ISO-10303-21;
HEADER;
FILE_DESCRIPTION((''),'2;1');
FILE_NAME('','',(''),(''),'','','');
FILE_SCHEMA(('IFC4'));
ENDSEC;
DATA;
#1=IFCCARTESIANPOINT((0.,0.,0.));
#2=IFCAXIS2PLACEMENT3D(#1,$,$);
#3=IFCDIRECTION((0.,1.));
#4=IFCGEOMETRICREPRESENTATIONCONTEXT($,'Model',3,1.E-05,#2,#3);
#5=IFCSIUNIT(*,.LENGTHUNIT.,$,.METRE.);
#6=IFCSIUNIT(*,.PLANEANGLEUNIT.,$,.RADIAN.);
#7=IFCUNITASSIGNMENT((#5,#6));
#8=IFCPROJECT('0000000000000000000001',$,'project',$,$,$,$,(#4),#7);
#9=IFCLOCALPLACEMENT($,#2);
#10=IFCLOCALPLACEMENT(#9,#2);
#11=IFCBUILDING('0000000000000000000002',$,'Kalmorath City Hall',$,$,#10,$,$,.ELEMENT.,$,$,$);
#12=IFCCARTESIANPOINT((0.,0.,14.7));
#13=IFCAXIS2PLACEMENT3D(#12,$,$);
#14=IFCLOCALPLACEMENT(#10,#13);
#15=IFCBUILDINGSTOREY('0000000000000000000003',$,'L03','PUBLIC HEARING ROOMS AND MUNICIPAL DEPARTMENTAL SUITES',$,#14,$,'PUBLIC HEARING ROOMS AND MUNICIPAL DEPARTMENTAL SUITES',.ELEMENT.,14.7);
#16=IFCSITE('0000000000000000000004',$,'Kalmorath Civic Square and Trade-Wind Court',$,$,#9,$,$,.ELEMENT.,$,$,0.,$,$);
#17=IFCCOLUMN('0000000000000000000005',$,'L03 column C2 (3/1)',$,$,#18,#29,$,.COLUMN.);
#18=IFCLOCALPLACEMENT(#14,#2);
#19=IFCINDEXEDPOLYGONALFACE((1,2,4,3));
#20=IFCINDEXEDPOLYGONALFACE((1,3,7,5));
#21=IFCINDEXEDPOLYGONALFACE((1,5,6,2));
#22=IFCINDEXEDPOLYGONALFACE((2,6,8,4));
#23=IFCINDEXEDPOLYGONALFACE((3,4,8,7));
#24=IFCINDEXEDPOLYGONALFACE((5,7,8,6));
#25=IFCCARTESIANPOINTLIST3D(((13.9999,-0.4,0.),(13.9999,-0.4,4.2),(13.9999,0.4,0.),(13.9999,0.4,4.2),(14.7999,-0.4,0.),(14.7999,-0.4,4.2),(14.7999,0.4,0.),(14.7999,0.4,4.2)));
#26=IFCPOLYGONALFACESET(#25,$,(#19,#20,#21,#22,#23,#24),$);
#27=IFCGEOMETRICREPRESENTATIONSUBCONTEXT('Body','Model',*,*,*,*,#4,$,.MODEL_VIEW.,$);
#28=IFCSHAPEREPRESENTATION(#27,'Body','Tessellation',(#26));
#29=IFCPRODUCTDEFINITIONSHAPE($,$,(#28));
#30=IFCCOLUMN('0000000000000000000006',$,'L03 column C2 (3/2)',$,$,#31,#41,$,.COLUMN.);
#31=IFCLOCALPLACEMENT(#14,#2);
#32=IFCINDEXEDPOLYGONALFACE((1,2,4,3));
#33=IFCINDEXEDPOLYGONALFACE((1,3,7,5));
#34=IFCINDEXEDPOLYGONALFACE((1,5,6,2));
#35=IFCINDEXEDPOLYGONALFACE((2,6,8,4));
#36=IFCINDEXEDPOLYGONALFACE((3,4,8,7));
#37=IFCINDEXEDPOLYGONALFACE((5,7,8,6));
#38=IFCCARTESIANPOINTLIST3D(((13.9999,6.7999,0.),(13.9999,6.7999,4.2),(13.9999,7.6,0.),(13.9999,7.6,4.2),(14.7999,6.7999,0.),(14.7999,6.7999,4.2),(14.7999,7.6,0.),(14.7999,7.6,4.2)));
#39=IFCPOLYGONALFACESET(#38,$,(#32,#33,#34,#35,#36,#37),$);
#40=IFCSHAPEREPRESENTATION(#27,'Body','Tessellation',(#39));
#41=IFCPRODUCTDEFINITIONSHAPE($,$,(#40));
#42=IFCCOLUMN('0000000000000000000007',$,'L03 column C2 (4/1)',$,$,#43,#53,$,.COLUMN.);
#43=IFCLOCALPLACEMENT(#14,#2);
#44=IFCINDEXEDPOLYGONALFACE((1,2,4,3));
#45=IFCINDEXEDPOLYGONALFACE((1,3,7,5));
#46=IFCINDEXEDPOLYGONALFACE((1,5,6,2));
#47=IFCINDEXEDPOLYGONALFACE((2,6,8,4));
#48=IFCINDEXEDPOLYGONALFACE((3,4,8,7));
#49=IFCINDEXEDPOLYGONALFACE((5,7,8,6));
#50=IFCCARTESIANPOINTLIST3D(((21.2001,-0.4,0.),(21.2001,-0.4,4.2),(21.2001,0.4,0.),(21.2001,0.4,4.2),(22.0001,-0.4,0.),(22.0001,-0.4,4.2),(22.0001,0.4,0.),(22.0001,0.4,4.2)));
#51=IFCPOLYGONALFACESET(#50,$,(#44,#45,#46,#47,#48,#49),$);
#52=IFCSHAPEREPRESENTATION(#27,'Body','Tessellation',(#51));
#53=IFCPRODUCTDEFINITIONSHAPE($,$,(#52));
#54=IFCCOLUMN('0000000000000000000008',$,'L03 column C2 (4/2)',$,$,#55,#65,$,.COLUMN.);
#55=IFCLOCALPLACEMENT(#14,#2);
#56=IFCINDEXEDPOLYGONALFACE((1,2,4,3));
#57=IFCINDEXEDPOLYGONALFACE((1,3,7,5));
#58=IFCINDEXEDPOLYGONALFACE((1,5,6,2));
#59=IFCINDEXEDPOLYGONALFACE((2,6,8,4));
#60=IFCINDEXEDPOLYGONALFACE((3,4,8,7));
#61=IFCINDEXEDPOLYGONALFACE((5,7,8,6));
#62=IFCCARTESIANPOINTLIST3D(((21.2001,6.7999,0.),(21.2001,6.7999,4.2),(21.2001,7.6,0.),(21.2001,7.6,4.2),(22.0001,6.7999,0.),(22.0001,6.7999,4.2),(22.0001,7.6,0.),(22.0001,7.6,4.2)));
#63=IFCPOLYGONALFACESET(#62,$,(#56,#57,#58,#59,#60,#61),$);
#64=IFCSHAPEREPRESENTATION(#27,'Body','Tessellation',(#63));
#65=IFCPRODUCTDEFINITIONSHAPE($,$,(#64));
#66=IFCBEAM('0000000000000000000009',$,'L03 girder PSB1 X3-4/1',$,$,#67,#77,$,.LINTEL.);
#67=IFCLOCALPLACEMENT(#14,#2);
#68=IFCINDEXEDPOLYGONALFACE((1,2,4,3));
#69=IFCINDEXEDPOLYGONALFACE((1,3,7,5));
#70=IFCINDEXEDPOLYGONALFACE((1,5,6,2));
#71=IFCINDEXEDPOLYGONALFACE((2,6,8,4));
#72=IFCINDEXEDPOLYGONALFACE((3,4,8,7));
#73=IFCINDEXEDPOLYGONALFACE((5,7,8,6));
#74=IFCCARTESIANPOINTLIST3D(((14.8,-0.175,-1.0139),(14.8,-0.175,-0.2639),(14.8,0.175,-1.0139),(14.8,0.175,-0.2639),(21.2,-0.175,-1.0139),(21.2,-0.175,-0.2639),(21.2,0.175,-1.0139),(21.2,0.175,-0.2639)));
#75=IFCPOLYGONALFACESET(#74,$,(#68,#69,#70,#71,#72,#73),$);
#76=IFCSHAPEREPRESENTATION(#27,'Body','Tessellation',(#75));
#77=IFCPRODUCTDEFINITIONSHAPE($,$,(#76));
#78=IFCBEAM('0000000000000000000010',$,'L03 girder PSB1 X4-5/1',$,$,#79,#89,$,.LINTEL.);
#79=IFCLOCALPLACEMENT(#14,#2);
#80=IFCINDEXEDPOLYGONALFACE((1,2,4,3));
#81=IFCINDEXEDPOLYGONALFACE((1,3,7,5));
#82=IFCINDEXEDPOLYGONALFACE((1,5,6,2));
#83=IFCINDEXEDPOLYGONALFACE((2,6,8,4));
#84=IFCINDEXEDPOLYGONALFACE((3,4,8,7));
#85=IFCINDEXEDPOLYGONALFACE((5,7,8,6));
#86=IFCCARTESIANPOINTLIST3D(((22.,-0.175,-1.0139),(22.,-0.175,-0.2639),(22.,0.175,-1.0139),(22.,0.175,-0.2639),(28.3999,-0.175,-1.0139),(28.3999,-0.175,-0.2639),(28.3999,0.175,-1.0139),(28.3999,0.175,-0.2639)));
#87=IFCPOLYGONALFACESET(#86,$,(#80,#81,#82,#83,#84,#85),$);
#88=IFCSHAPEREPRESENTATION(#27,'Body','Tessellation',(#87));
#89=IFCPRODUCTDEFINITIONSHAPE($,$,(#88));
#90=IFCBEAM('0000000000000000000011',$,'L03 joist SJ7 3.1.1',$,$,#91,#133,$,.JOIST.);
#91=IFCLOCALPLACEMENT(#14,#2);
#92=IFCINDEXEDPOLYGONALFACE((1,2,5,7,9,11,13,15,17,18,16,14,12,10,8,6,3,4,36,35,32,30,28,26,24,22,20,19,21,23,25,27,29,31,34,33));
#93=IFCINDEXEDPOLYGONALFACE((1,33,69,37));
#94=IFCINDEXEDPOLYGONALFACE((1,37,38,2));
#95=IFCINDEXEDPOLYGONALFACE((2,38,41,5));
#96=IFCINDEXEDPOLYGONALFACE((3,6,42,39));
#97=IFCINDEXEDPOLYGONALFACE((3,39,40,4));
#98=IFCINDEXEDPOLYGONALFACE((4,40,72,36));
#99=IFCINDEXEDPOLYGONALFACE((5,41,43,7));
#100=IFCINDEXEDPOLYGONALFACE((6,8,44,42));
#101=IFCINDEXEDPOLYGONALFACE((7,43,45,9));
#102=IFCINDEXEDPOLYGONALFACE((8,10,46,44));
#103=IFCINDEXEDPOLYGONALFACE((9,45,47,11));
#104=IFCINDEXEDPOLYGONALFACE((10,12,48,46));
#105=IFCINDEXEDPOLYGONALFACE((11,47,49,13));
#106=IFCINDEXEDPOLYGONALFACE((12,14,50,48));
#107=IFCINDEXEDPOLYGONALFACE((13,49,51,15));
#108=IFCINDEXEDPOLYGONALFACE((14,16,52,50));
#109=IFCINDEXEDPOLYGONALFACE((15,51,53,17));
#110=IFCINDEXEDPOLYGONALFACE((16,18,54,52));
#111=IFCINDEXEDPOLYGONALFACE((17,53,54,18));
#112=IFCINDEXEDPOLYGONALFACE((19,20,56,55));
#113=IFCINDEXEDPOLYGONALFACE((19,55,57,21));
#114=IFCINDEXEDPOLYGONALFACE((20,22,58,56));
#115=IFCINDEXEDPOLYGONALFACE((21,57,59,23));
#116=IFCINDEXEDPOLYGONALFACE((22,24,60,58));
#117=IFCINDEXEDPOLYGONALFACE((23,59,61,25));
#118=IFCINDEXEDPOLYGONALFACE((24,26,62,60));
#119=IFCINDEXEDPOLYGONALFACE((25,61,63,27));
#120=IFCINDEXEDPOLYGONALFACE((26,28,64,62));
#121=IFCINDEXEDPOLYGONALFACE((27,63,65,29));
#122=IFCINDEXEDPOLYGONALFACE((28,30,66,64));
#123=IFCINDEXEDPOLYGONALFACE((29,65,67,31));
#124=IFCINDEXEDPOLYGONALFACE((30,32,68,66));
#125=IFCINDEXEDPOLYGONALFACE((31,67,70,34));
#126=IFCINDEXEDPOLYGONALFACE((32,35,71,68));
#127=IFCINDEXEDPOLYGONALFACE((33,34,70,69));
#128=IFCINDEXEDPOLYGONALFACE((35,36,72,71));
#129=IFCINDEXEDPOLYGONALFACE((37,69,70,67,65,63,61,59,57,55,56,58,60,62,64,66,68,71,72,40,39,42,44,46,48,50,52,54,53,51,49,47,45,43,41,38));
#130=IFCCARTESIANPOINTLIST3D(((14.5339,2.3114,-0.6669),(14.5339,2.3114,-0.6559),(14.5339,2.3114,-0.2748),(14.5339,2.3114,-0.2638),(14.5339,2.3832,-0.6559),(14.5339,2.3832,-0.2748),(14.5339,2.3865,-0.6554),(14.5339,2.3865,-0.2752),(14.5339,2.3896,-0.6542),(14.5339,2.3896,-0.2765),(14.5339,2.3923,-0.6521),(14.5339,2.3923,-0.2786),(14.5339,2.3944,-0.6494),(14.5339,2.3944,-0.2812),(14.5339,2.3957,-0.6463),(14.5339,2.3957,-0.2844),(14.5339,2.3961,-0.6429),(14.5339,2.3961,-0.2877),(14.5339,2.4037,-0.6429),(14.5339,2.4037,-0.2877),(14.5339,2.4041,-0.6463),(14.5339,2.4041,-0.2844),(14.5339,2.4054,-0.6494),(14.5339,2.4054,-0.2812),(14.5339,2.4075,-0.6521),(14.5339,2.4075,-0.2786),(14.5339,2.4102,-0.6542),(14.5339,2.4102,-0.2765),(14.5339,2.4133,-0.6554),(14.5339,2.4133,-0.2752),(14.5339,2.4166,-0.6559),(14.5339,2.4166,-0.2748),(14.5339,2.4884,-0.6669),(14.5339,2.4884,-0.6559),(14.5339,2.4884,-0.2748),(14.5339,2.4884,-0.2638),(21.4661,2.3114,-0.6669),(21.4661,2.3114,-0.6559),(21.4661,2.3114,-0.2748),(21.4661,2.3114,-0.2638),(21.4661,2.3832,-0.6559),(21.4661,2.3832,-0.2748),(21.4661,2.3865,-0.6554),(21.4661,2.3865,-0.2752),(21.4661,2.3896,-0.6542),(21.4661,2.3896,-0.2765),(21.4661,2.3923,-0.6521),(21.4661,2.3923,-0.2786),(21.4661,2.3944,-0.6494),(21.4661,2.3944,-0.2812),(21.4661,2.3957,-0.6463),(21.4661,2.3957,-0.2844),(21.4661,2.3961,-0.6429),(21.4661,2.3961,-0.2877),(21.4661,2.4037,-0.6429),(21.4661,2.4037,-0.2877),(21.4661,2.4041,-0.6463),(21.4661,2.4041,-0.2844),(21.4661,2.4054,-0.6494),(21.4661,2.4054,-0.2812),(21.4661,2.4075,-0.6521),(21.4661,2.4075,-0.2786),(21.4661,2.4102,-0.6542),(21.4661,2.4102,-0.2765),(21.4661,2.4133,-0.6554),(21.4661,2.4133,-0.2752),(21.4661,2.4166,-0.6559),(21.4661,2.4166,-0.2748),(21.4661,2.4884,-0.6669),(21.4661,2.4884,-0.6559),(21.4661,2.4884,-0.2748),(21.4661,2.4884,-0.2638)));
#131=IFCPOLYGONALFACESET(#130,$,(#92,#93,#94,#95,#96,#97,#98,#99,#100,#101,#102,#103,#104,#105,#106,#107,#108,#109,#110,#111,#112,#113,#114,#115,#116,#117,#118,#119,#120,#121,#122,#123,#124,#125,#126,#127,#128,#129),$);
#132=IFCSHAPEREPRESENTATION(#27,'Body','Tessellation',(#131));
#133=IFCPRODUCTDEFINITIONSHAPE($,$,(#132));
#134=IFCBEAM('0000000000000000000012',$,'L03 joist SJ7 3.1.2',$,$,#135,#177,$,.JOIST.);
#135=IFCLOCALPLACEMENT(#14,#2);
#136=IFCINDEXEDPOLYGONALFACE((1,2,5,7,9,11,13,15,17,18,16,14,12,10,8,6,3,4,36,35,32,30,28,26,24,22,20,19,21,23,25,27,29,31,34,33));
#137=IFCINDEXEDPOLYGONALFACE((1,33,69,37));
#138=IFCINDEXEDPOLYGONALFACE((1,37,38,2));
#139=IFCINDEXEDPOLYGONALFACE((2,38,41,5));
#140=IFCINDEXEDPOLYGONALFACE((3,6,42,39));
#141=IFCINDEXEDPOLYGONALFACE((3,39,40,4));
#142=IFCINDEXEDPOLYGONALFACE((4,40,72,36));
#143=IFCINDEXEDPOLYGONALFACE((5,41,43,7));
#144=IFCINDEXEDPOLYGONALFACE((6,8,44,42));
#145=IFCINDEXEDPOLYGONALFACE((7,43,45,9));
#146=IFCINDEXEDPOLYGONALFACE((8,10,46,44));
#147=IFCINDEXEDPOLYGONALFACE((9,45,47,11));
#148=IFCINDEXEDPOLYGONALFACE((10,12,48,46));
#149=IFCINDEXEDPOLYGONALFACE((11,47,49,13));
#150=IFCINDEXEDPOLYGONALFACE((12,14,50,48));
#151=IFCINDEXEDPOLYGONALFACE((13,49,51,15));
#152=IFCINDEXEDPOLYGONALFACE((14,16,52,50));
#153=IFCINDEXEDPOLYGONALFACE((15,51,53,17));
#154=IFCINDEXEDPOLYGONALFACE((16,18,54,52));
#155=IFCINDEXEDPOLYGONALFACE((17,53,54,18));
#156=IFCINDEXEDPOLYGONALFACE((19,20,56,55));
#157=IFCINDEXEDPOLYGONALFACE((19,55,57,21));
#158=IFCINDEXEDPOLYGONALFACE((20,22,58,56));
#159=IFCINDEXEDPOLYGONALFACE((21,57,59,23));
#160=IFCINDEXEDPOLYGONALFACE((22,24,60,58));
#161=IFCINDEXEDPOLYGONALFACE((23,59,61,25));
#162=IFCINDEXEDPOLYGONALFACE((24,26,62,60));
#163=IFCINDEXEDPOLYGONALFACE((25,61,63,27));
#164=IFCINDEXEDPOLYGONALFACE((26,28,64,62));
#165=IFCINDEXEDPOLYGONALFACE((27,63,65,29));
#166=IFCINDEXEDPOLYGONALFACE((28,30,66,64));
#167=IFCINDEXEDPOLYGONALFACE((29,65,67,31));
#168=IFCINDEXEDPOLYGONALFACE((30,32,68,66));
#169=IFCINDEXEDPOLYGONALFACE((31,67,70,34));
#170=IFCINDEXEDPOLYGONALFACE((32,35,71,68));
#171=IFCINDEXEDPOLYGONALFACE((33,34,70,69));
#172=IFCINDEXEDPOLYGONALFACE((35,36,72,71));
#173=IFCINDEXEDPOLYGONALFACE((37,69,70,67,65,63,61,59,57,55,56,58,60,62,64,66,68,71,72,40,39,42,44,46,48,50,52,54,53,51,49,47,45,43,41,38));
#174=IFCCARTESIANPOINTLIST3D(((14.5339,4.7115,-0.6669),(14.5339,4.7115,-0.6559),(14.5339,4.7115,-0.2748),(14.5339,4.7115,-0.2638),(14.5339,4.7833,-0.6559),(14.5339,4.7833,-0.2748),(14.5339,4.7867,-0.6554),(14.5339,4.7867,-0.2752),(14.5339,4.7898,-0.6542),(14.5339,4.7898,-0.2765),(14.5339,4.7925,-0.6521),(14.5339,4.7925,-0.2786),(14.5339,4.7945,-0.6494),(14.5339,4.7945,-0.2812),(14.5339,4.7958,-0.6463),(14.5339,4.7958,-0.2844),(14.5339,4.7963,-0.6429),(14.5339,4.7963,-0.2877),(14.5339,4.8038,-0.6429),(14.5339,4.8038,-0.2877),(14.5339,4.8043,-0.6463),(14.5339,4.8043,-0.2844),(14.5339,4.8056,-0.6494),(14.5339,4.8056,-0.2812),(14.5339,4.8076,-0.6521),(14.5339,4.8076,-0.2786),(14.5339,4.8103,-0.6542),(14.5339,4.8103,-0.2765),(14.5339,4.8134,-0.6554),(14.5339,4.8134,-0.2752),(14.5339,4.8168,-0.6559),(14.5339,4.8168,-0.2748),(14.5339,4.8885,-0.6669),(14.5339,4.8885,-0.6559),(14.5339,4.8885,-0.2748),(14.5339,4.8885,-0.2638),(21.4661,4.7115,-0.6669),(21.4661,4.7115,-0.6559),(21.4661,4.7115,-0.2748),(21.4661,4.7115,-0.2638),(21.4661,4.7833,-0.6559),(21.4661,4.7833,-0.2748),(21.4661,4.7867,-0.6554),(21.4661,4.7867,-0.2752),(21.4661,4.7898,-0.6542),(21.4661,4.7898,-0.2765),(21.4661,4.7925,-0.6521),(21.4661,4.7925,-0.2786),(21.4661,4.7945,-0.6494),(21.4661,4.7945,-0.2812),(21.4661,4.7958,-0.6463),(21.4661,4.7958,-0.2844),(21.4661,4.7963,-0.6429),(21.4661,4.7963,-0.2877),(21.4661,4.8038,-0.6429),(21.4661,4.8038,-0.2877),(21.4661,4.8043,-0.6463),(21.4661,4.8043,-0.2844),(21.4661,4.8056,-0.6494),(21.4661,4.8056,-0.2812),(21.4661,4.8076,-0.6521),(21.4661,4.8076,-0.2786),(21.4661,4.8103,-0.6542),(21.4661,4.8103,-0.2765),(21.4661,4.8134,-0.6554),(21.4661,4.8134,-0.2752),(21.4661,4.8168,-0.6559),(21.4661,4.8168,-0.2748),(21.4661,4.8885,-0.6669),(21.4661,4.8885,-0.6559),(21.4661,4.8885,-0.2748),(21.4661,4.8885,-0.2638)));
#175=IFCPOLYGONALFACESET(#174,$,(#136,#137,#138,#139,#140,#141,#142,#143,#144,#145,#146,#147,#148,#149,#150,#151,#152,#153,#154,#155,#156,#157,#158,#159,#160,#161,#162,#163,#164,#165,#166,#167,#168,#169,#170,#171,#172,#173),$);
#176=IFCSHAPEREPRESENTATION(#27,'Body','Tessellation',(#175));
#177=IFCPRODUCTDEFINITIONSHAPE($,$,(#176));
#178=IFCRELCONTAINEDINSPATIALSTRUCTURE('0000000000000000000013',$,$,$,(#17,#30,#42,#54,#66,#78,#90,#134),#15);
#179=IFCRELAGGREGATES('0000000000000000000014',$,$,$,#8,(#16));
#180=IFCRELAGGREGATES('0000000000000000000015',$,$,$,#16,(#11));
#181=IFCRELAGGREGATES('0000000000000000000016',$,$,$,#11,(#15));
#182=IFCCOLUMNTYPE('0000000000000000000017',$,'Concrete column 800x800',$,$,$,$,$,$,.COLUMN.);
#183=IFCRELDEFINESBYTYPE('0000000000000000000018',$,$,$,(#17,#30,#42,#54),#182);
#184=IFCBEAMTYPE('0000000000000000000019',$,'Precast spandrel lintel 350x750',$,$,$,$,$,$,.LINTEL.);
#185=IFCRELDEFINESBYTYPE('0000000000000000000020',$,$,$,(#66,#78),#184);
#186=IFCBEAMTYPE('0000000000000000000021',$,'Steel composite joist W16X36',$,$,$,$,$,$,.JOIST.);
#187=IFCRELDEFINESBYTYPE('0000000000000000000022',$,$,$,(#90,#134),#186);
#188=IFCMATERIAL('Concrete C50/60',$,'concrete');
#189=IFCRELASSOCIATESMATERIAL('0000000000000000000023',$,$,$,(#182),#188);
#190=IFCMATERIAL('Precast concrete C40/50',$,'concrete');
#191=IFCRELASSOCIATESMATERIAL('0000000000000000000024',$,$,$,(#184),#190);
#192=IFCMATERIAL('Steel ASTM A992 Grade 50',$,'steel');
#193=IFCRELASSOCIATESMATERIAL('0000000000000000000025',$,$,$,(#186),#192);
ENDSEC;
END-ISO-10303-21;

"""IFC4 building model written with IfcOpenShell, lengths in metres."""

from ifc_helpers import new_model, si_unit, direction, frame, origin, origin_2d, place, context, subcontext, project, spatial, rectangle, i_section, extrude, material, material_profile, profile_set, type_object, element, save


model = new_model("IFC4")

# Units and contexts
model_context = context("Model", 3, precision=1e-05, world=origin(), true_north=direction((0.0, 1.0)))
body_context = subcontext(model_context, "Body", "Model", "MODEL_VIEW")
ifc_project = project(units=[si_unit("LENGTHUNIT", "METRE"), si_unit("PLANEANGLEUNIT", "RADIAN")], contexts=[model_context])

# Site, building, storey
site_placement = place(None, origin())
site = spatial("IfcSite", under=ifc_project, at=site_placement, Name="Kalmorath Civic Square and Trade-Wind Court", CompositionType="ELEMENT", RefElevation=0.0)
building_placement = place(site_placement, origin())
building = spatial("IfcBuilding", under=site, at=building_placement, Name="Kalmorath City Hall", CompositionType="ELEMENT")
storey_placement = place(building_placement, frame((0.0, 0.0, 14.7)))
storey = spatial("IfcBuildingStorey", under=building, at=storey_placement, Name="L03", Description="PUBLIC HEARING ROOMS AND MUNICIPAL DEPARTMENTAL SUITES", LongName="PUBLIC HEARING ROOMS AND MUNICIPAL DEPARTMENTAL SUITES", CompositionType="ELEMENT", Elevation=14.7)

# Columns
ifc_material_1 = material(Name="Concrete C50/60", Category="concrete")
ifc_material_profile_1 = material_profile(ifc_material_1, rectangle(XDim=0.8, YDim=0.8, at=origin_2d()), Name="RC-COL-800X800")
ifc_profile_set_1 = profile_set([ifc_material_profile_1], Name="Concrete C50/60")
column_type = type_object("IfcColumnType", Name="Concrete column 800x800", PredefinedType="COLUMN", material=ifc_profile_set_1)
for number, where, z_axis, x_axis, name in (
    (1, (14.3999, 0.0, 0.0), (0.0, 0.0, 1.0), (1.0, 0.0, 0.0), "L03 column C2 (3/1)"),
    (2, (14.3999, 7.2, 0.0), (0.0, 0.0, 1.0), (1.0, 0.0, 0.0), "L03 column C2 (3/2)"),
    (3, (21.6001, 0.0, 0.0), (0.0, 0.0, 1.0), (1.0, 0.0, 0.0), "L03 column C2 (4/1)"),
    (4, (21.6001, 7.2, 0.0), (0.0, 0.0, 1.0), (1.0, 0.0, 0.0), "L03 column C2 (4/2)"),
):
    element("IfcColumn", number, at=place(storey_placement, frame(where, z_axis=z_axis, x_axis=x_axis)), inside=storey, type_object=column_type, Name=name, PredefinedType="COLUMN", context=body_context, shape_type="SweptSolid", body=[
        extrude(rectangle(XDim=0.8, YDim=0.8, at=origin_2d()), origin(), (0.0, 0.0, 1.0), 4.2),
    ])

# Beams
ifc_material_2 = material(Name="Precast concrete C40/50", Category="concrete")
ifc_material_profile_2 = material_profile(ifc_material_2, rectangle(XDim=0.3501, YDim=0.75, at=origin_2d()), Name="PC-SP-350X750")
ifc_profile_set_2 = profile_set([ifc_material_profile_2], Name="Precast concrete C40/50")
beam_type_1 = type_object("IfcBeamType", Name="Precast spandrel lintel 350x750", PredefinedType="LINTEL", material=ifc_profile_set_2)
for number, where, z_axis, x_axis, name in (
    (5, (14.8, 0.0, -0.6389), (1.0, 0.0, 0.0), (0.0, 1.0, 0.0), "L03 girder PSB1 X3-4/1"),
    (6, (22.0, 0.0, -0.6389), (1.0, 0.0, 0.0), (0.0, 1.0, 0.0), "L03 girder PSB1 X4-5/1"),
):
    element("IfcBeam", number, at=place(storey_placement, frame(where, z_axis=z_axis, x_axis=x_axis)), inside=storey, type_object=beam_type_1, Name=name, PredefinedType="LINTEL", context=body_context, shape_type="SweptSolid", body=[
        extrude(rectangle(XDim=0.3501, YDim=0.75, at=origin_2d()), origin(), (0.0, 0.0, 1.0), 6.3999),
    ])
ifc_material_3 = material(Name="Steel ASTM A992 Grade 50", Category="steel")
ifc_material_profile_3 = material_profile(ifc_material_3, i_section(OverallWidth=0.177, OverallDepth=0.4031, WebThickness=0.0076, FlangeThickness=0.011, FilletRadius=0.0129, at=origin_2d()), Name="W16X36")
ifc_profile_set_3 = profile_set([ifc_material_profile_3], Name="Steel ASTM A992 Grade 50")
beam_type_2 = type_object("IfcBeamType", Name="Steel composite joist W16X36", PredefinedType="JOIST", material=ifc_profile_set_3)
for number, where, z_axis, x_axis, name in (
    (7, (14.5339, 2.3999, -0.4653), (1.0, 0.0, 0.0), (0.0, 1.0, 0.0), "L03 joist SJ7 3.1.1"),
    (8, (14.5339, 4.8, -0.4653), (1.0, 0.0, 0.0), (0.0, 1.0, 0.0), "L03 joist SJ7 3.1.2"),
):
    element("IfcBeam", number, at=place(storey_placement, frame(where, z_axis=z_axis, x_axis=x_axis)), inside=storey, type_object=beam_type_2, Name=name, PredefinedType="JOIST", context=body_context, shape_type="SweptSolid", body=[
        extrude(i_section(OverallWidth=0.177, OverallDepth=0.4031, WebThickness=0.0076, FlangeThickness=0.011, FilletRadius=0.0129, at=origin_2d()), origin(), (0.0, 0.0, 1.0), 6.9321),
    ])

save(model, "model.ifc")
